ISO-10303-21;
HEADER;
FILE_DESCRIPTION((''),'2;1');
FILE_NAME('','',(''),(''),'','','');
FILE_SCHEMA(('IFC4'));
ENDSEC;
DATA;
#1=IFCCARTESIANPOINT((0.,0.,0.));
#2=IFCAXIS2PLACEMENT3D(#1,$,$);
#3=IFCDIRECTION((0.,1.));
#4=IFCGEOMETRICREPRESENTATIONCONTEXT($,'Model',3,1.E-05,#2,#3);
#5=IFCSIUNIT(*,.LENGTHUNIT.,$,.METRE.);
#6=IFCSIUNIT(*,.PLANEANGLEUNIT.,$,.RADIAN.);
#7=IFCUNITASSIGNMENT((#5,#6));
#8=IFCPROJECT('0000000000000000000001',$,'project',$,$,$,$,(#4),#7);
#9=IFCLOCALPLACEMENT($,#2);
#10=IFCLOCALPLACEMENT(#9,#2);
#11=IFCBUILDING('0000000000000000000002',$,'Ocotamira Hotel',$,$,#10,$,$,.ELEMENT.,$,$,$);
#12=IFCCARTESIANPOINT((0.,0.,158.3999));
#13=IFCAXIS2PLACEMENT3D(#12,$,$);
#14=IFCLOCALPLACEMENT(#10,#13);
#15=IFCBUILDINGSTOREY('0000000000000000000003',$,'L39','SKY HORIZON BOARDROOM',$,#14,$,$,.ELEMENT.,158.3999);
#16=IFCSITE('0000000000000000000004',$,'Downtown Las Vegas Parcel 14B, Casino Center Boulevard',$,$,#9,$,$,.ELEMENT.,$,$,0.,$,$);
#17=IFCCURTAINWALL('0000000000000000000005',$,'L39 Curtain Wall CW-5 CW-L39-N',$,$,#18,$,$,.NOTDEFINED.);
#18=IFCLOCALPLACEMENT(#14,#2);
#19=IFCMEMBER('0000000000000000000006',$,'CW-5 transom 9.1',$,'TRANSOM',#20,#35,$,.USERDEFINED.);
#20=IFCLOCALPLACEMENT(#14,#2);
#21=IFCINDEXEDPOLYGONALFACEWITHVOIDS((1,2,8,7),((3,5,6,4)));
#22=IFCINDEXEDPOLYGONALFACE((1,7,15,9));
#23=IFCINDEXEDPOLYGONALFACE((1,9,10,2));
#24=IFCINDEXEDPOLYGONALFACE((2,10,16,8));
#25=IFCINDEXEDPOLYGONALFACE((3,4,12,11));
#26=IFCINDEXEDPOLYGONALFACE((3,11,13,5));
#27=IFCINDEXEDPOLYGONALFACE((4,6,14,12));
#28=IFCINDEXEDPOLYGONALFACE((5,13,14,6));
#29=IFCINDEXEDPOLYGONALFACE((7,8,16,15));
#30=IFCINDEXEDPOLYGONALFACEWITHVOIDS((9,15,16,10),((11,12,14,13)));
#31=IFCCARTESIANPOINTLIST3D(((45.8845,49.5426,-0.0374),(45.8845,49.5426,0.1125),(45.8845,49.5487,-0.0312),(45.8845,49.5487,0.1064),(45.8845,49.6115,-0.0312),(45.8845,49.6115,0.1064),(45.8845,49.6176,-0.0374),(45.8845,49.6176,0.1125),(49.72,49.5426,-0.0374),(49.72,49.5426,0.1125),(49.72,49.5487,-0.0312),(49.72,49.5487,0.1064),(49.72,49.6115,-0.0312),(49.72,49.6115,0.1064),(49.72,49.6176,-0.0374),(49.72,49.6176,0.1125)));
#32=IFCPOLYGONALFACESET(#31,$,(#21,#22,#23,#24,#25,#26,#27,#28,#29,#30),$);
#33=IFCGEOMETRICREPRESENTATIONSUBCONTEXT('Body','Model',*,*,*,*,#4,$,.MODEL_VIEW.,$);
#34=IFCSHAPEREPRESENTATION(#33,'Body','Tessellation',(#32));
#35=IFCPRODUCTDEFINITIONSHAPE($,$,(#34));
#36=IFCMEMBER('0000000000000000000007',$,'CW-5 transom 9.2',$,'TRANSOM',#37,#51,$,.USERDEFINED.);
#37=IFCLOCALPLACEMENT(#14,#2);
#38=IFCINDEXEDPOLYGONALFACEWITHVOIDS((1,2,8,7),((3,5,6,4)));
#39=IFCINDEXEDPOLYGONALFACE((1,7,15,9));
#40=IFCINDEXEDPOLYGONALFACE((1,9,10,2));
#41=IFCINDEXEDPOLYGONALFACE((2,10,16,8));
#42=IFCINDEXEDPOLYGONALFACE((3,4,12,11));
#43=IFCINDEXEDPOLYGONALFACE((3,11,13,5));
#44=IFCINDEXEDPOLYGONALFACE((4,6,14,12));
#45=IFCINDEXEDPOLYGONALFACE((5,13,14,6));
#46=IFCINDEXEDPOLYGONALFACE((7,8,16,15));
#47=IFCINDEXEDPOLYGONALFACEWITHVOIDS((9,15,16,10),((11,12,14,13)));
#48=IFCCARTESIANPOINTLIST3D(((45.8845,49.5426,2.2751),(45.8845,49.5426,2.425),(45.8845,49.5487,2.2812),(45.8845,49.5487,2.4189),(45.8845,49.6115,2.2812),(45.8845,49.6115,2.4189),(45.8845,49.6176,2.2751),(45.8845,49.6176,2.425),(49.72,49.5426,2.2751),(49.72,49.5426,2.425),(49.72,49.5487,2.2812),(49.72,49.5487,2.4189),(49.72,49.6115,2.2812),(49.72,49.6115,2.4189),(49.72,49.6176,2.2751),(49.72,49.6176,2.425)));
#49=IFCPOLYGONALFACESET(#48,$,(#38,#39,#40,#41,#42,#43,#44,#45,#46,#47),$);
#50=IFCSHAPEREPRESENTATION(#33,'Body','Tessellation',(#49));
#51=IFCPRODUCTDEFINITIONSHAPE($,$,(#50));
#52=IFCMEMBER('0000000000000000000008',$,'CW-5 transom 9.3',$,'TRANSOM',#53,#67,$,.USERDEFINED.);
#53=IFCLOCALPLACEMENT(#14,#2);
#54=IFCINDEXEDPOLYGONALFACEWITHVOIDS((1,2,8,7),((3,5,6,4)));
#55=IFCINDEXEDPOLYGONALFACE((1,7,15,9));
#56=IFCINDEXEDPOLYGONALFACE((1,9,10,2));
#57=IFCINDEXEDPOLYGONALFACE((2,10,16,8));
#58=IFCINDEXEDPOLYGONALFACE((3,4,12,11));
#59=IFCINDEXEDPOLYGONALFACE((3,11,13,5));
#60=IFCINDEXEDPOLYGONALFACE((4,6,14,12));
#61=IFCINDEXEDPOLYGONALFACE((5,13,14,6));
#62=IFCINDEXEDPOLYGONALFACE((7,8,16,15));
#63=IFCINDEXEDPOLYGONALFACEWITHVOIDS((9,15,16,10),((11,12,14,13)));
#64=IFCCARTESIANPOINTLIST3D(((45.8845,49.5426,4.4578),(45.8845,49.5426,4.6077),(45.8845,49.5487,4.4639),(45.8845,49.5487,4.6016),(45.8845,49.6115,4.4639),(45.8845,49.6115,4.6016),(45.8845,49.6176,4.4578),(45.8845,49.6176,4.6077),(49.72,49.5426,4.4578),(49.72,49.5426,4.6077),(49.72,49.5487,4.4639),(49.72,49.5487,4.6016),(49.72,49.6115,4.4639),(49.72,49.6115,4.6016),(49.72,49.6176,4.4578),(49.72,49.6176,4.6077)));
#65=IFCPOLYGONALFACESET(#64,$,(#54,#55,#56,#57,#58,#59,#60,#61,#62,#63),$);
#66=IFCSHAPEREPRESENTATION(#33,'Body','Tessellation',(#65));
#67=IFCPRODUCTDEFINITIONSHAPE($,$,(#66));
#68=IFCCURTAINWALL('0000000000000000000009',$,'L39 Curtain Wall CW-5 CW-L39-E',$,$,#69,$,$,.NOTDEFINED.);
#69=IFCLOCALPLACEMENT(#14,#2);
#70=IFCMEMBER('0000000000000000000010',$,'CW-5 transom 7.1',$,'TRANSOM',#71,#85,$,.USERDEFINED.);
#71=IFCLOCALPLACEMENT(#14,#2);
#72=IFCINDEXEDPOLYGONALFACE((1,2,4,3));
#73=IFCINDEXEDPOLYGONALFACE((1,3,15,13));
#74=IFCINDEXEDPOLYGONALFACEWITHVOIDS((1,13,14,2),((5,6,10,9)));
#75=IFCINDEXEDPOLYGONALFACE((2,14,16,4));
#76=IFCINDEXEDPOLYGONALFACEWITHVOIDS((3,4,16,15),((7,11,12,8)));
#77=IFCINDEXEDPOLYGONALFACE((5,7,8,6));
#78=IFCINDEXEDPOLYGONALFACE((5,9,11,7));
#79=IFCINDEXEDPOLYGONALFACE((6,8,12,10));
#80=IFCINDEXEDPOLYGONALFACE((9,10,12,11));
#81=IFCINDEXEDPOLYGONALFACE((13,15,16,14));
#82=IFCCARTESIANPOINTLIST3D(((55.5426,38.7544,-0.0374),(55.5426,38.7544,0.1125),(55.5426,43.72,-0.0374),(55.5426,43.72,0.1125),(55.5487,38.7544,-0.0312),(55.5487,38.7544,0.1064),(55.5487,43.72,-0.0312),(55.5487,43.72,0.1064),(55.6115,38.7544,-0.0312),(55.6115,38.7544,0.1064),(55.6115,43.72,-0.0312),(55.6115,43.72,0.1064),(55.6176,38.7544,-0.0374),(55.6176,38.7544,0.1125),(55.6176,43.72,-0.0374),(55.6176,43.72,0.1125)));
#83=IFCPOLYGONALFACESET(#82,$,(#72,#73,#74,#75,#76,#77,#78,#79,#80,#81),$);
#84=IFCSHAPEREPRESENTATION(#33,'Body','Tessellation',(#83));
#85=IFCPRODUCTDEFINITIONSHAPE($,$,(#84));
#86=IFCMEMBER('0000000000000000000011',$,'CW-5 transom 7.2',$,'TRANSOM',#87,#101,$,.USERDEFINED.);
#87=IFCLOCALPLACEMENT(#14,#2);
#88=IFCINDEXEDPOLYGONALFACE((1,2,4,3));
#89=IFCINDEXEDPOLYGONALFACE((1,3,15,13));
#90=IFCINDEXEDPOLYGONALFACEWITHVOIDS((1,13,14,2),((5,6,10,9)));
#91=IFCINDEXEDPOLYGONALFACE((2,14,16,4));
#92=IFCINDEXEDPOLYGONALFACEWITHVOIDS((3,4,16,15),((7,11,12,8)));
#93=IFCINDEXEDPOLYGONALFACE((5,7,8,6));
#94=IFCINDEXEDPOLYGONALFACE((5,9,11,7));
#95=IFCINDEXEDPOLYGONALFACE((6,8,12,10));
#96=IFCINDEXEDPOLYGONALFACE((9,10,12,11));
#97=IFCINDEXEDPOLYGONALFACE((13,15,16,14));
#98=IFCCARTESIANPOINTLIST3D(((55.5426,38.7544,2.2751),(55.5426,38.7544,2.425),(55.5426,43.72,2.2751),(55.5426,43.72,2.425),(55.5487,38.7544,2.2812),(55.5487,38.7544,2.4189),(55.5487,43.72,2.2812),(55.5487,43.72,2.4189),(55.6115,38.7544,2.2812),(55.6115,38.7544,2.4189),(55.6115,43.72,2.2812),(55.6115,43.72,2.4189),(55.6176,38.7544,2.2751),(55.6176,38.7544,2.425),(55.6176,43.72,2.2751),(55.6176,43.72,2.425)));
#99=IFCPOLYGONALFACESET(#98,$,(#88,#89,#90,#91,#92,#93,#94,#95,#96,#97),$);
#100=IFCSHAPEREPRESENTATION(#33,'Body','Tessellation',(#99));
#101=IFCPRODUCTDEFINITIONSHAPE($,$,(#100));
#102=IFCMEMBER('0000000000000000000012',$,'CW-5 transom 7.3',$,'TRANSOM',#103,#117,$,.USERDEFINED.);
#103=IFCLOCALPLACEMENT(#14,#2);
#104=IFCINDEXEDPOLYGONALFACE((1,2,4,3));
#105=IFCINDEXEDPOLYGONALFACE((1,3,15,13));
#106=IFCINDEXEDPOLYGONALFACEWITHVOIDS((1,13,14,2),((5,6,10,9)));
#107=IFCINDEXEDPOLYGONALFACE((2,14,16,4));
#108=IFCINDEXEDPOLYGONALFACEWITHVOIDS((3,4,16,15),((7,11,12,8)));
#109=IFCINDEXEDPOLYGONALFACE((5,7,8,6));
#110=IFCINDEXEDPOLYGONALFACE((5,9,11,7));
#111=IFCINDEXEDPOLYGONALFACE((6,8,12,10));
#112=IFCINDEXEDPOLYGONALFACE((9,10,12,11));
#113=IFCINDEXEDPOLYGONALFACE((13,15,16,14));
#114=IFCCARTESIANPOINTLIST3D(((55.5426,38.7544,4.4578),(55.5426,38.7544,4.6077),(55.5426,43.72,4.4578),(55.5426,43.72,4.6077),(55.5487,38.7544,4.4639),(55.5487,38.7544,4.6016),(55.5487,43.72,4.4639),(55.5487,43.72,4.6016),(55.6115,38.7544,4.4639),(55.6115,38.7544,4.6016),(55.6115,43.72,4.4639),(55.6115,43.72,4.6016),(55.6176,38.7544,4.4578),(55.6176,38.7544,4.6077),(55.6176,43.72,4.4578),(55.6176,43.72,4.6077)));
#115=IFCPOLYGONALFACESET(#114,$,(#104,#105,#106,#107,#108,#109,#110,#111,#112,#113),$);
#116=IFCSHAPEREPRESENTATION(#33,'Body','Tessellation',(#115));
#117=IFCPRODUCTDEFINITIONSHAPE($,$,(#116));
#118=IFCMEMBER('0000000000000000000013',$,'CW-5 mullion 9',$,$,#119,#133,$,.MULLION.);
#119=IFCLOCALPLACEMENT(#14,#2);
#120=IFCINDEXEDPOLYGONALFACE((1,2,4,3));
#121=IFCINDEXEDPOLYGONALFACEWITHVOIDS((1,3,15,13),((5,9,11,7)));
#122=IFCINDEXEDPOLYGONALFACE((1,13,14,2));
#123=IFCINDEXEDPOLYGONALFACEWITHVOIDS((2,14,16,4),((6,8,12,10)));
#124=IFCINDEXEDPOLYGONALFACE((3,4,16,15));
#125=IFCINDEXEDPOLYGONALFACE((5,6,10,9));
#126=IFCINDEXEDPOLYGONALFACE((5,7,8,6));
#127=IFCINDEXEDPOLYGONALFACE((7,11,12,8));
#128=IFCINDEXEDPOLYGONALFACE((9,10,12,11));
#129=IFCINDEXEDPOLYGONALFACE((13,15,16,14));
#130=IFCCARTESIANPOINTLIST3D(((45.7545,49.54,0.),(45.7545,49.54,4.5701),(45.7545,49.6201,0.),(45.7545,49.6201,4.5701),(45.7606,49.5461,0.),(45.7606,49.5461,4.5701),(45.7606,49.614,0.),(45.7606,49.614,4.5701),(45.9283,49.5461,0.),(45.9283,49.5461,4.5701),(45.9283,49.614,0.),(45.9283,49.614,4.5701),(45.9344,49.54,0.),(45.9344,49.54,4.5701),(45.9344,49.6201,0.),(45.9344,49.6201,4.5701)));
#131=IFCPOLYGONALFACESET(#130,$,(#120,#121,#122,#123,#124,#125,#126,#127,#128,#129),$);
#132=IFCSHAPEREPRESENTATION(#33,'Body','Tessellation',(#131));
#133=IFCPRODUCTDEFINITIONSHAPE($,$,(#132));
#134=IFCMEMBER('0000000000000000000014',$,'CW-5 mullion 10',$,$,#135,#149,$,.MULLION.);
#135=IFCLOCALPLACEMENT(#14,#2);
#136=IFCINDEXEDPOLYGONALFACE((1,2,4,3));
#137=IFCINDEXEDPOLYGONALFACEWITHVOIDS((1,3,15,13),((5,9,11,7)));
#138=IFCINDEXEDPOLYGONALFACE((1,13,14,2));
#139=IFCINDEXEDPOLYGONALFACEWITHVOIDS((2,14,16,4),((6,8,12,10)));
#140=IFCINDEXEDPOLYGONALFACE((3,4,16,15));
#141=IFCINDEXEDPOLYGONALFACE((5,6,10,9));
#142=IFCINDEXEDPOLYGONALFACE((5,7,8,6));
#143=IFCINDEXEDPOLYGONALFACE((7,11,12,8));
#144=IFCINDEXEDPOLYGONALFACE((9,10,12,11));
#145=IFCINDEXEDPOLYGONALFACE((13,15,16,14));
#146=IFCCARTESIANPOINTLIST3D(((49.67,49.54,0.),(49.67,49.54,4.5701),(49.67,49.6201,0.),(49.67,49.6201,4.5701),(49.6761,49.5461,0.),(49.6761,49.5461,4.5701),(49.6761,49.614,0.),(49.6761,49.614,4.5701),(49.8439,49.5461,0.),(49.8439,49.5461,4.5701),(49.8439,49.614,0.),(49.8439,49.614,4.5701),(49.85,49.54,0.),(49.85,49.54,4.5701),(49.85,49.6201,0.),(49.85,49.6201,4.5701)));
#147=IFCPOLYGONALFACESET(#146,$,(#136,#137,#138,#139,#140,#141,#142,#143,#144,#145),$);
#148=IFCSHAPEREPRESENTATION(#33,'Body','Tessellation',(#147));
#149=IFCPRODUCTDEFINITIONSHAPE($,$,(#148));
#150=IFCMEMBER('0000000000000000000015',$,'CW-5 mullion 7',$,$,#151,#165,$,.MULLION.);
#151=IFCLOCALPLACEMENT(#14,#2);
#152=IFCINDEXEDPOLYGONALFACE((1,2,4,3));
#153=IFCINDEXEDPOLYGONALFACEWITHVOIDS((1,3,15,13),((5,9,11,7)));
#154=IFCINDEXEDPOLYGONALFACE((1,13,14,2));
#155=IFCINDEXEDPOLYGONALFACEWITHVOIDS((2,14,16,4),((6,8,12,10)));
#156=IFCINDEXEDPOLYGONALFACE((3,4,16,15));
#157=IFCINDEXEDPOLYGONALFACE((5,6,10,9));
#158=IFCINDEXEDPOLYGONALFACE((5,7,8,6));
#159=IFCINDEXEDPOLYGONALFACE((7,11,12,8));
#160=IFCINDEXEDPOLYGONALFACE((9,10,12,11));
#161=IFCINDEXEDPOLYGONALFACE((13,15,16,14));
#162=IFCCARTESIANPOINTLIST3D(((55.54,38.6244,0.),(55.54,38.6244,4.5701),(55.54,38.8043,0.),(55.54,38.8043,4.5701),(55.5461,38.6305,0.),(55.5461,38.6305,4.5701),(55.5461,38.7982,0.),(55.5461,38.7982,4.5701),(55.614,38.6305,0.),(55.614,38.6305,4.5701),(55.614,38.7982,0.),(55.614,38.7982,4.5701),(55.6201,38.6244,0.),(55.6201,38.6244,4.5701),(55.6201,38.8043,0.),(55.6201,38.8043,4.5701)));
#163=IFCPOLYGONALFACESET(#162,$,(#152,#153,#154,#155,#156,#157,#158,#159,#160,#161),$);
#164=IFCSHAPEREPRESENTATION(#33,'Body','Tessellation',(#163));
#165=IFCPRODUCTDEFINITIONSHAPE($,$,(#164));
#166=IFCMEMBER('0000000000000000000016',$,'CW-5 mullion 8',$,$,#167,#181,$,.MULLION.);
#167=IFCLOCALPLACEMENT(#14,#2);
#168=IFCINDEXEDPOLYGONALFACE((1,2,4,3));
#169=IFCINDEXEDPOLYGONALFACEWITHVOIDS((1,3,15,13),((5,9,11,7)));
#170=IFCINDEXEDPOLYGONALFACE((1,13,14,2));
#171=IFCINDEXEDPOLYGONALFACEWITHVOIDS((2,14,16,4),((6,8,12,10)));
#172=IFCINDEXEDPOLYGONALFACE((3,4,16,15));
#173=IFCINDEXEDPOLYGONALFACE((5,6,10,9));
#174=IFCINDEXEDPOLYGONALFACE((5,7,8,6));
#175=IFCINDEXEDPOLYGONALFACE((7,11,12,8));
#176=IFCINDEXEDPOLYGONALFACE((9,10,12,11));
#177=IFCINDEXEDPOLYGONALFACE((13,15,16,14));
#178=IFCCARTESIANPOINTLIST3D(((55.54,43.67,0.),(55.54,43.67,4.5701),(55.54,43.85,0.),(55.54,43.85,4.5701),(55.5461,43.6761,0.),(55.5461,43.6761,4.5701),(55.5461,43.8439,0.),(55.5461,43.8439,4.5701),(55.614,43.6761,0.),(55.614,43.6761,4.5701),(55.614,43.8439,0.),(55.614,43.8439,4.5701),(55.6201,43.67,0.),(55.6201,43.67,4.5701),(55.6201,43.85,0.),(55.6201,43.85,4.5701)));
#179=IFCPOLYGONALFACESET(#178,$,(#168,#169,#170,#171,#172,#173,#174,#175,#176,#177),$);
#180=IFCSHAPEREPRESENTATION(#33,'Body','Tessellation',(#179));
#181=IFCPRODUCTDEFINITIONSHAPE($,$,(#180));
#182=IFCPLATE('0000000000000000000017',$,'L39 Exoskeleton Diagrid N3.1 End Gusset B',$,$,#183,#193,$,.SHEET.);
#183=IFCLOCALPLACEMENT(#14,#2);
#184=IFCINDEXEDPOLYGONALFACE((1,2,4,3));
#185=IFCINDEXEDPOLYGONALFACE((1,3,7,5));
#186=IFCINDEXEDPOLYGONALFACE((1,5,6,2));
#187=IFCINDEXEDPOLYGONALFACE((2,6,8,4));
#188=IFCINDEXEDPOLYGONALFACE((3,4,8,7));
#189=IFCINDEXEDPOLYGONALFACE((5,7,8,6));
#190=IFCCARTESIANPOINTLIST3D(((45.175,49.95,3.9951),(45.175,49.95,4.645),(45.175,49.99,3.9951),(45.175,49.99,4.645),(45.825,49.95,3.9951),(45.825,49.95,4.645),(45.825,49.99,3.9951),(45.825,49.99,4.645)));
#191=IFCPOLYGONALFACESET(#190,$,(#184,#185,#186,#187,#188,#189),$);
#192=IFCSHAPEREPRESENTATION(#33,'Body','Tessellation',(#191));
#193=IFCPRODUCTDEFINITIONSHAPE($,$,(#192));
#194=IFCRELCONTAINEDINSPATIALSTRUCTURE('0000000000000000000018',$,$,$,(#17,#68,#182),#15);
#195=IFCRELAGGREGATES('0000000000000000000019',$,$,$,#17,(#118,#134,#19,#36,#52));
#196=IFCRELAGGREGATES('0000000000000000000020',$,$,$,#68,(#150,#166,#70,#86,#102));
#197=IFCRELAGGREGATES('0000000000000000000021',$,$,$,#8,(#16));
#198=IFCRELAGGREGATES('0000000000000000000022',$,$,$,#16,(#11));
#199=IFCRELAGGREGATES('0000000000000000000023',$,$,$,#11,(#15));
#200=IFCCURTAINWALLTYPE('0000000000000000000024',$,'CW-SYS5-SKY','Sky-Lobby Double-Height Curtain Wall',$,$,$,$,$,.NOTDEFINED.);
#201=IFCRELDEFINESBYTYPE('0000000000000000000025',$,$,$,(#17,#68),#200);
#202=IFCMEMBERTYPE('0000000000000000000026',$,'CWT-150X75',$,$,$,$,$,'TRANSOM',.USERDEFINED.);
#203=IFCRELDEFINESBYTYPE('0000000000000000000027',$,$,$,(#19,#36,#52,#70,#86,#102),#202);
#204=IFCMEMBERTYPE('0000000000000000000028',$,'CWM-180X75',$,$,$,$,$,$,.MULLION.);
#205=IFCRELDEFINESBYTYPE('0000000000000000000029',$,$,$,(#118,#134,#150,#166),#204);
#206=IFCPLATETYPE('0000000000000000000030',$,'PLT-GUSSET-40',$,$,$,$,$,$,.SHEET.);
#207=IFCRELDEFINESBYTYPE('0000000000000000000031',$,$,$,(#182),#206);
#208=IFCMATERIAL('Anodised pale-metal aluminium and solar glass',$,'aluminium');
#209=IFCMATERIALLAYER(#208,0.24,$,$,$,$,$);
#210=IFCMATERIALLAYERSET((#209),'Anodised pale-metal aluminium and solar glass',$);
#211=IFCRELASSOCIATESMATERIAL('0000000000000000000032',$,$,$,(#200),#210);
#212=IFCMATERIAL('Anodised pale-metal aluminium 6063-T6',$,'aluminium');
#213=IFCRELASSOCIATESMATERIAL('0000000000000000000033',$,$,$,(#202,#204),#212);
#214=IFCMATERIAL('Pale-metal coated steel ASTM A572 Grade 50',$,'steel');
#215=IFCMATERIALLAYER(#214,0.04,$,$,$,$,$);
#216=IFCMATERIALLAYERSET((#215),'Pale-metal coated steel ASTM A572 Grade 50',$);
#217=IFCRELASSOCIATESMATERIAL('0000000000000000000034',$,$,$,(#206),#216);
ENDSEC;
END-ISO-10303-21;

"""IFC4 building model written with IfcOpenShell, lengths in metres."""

from ifc_helpers import new_model, si_unit, direction, frame, origin, origin_2d, place, context, subcontext, project, spatial, rectangle, hollow_rectangle, extrude, source, transform, mapped, material, layer, layer_set, material_profile, profile_set, type_object, element, aggregate, save


model = new_model("IFC4")

# Units and contexts
model_context = context("Model", 3, precision=1e-05, world=origin(), true_north=direction((0.0, 1.0)))
body_context = subcontext(model_context, "Body", "Model", "MODEL_VIEW")
ifc_project = project(units=[si_unit("LENGTHUNIT", "METRE"), si_unit("PLANEANGLEUNIT", "RADIAN")], contexts=[model_context])

# Site, building, storey
site_placement = place(None, origin())
site = spatial("IfcSite", under=ifc_project, at=site_placement, Name="Downtown Las Vegas Parcel 14B, Casino Center Boulevard", CompositionType="ELEMENT", RefElevation=0.0)
building_placement = place(site_placement, origin())
building = spatial("IfcBuilding", under=site, at=building_placement, Name="Ocotamira Hotel", CompositionType="ELEMENT")
storey_placement = place(building_placement, frame((0.0, 0.0, 158.3999)))
storey = spatial("IfcBuildingStorey", under=building, at=storey_placement, Name="L39", Description="SKY HORIZON BOARDROOM", CompositionType="ELEMENT", Elevation=158.3999)

# Curtain walls, members
ifc_material_1 = material(Name="Anodised pale-metal aluminium and solar glass", Category="aluminium")
ifc_layer_1 = layer(ifc_material_1, 0.24)
ifc_layer_set_1 = layer_set([ifc_layer_1], Name="Anodised pale-metal aluminium and solar glass")
curtain_wall_type = type_object("IfcCurtainWallType", Name="CW-SYS5-SKY", Description="Sky-Lobby Double-Height Curtain Wall", PredefinedType="NOTDEFINED", material=ifc_layer_set_1)
curtain_wall_1_placement = place(storey_placement, origin())
curtain_wall_1 = element("IfcCurtainWall", 1, at=curtain_wall_1_placement, inside=storey, type_object=curtain_wall_type, Name="L39 Curtain Wall CW-5 CW-L39-N", PredefinedType="NOTDEFINED")
ifc_material_2 = material(Name="Anodised pale-metal aluminium 6063-T6", Category="aluminium")
ifc_material_profile_1 = material_profile(ifc_material_2, hollow_rectangle(XDim=0.075, YDim=0.1499, WallThickness=0.0061, at=origin_2d()), Name="HSS150X75X6")
ifc_profile_set_1 = profile_set([ifc_material_profile_1], Name="Anodised pale-metal aluminium 6063-T6")
member_type_1 = type_object("IfcMemberType", Name="CWT-150X75", ElementType="TRANSOM", PredefinedType="USERDEFINED", material=ifc_profile_set_1)
shared_shape_1 = source(origin(), body_context, "Body", "SweptSolid", [
    extrude(hollow_rectangle(XDim=0.075, YDim=0.1499, WallThickness=0.0061, at=origin_2d()), origin(), (0.0, 0.0, 1.0), 3.8354),
])
member_1_placement = place(storey_placement, frame((45.8845, 49.5801, 0.0376), z_axis=(1.0, 0.0, 0.0), x_axis=(0.0, 1.0, 0.0)))
member_1 = element("IfcMember", 2, at=member_1_placement, type_object=member_type_1, Name="CW-5 transom 9.1", ObjectType="TRANSOM", PredefinedType="USERDEFINED", context=body_context, shape_type="MappedRepresentation", body=[
    mapped(shared_shape_1, transform((0.0, 0.0, 0.0), scale=1.0)),
])
member_2_placement = place(storey_placement, frame((45.8845, 49.5801, 2.3501), z_axis=(1.0, 0.0, 0.0), x_axis=(0.0, 1.0, 0.0)))
member_2 = element("IfcMember", 3, at=member_2_placement, type_object=member_type_1, Name="CW-5 transom 9.2", ObjectType="TRANSOM", PredefinedType="USERDEFINED", context=body_context, shape_type="MappedRepresentation", body=[
    mapped(shared_shape_1, transform((0.0, 0.0, 0.0), scale=1.0)),
])
member_3_placement = place(storey_placement, frame((45.8845, 49.5801, 4.5327), z_axis=(1.0, 0.0, 0.0), x_axis=(0.0, 1.0, 0.0)))
member_3 = element("IfcMember", 4, at=member_3_placement, type_object=member_type_1, Name="CW-5 transom 9.3", ObjectType="TRANSOM", PredefinedType="USERDEFINED", context=body_context, shape_type="MappedRepresentation", body=[
    mapped(shared_shape_1, transform((0.0, 0.0, 0.0), scale=1.0)),
])
curtain_wall_2_placement = place(storey_placement, origin())
curtain_wall_2 = element("IfcCurtainWall", 5, at=curtain_wall_2_placement, inside=storey, type_object=curtain_wall_type, Name="L39 Curtain Wall CW-5 CW-L39-E", PredefinedType="NOTDEFINED")
shared_shape_2 = source(origin(), body_context, "Body", "SweptSolid", [
    extrude(hollow_rectangle(XDim=0.075, YDim=0.1499, WallThickness=0.0061, at=origin_2d()), origin(), (0.0, 0.0, 1.0), 4.9656),
])
member_4_placement = place(storey_placement, frame((55.5801, 38.7544, 0.0376), z_axis=(0.0, 1.0, 0.0), x_axis=(-1.0, 0.0, 0.0)))
member_4 = element("IfcMember", 6, at=member_4_placement, type_object=member_type_1, Name="CW-5 transom 7.1", ObjectType="TRANSOM", PredefinedType="USERDEFINED", context=body_context, shape_type="MappedRepresentation", body=[
    mapped(shared_shape_2, transform((0.0, 0.0, 0.0), scale=1.0)),
])
member_5_placement = place(storey_placement, frame((55.5801, 38.7544, 2.3501), z_axis=(0.0, 1.0, 0.0), x_axis=(-1.0, 0.0, 0.0)))
member_5 = element("IfcMember", 7, at=member_5_placement, type_object=member_type_1, Name="CW-5 transom 7.2", ObjectType="TRANSOM", PredefinedType="USERDEFINED", context=body_context, shape_type="MappedRepresentation", body=[
    mapped(shared_shape_2, transform((0.0, 0.0, 0.0), scale=1.0)),
])
member_6_placement = place(storey_placement, frame((55.5801, 38.7544, 4.5327), z_axis=(0.0, 1.0, 0.0), x_axis=(-1.0, 0.0, 0.0)))
member_6 = element("IfcMember", 8, at=member_6_placement, type_object=member_type_1, Name="CW-5 transom 7.3", ObjectType="TRANSOM", PredefinedType="USERDEFINED", context=body_context, shape_type="MappedRepresentation", body=[
    mapped(shared_shape_2, transform((0.0, 0.0, 0.0), scale=1.0)),
])

# Members
ifc_material_profile_2 = material_profile(ifc_material_2, hollow_rectangle(XDim=0.0801, YDim=0.1799, WallThickness=0.0061, at=origin_2d()), Name="HSS180X80X6")
ifc_profile_set_2 = profile_set([ifc_material_profile_2], Name="Anodised pale-metal aluminium 6063-T6")
member_type_2 = type_object("IfcMemberType", Name="CWM-180X75", PredefinedType="MULLION", material=ifc_profile_set_2)
shared_shape_3 = source(origin(), body_context, "Body", "SweptSolid", [
    extrude(hollow_rectangle(XDim=0.0801, YDim=0.1799, WallThickness=0.0061, at=origin_2d()), origin(), (0.0, 0.0, 1.0), 4.5701),
])
member_7_placement = place(storey_placement, frame((45.8445, 49.5801, 0.0), z_axis=(0.0, 0.0, 1.0), x_axis=(0.0, 1.0, 0.0)))
member_7 = element("IfcMember", 9, at=member_7_placement, type_object=member_type_2, Name="CW-5 mullion 9", PredefinedType="MULLION", context=body_context, shape_type="MappedRepresentation", body=[
    mapped(shared_shape_3, transform((0.0, 0.0, 0.0), scale=1.0)),
])
member_8_placement = place(storey_placement, frame((49.76, 49.5801, 0.0), z_axis=(0.0, 0.0, 1.0), x_axis=(0.0, 1.0, 0.0)))
member_8 = element("IfcMember", 10, at=member_8_placement, type_object=member_type_2, Name="CW-5 mullion 10", PredefinedType="MULLION", context=body_context, shape_type="MappedRepresentation", body=[
    mapped(shared_shape_3, transform((0.0, 0.0, 0.0), scale=1.0)),
])
member_9_placement = place(storey_placement, frame((55.5801, 38.7144, 0.0), z_axis=(0.0, 0.0, 1.0), x_axis=(-1.0, 0.0, 0.0)))
member_9 = element("IfcMember", 11, at=member_9_placement, type_object=member_type_2, Name="CW-5 mullion 7", PredefinedType="MULLION", context=body_context, shape_type="MappedRepresentation", body=[
    mapped(shared_shape_3, transform((0.0, 0.0, 0.0), scale=1.0)),
])
member_10_placement = place(storey_placement, frame((55.5801, 43.76, 0.0), z_axis=(0.0, 0.0, 1.0), x_axis=(-1.0, 0.0, 0.0)))
member_10 = element("IfcMember", 12, at=member_10_placement, type_object=member_type_2, Name="CW-5 mullion 8", PredefinedType="MULLION", context=body_context, shape_type="MappedRepresentation", body=[
    mapped(shared_shape_3, transform((0.0, 0.0, 0.0), scale=1.0)),
])

# Plate
ifc_material_3 = material(Name="Pale-metal coated steel ASTM A572 Grade 50", Category="steel")
ifc_layer_2 = layer(ifc_material_3, 0.04)
ifc_layer_set_2 = layer_set([ifc_layer_2], Name="Pale-metal coated steel ASTM A572 Grade 50")
plate_type_1 = type_object("IfcPlateType", Name="PLT-GUSSET-40", PredefinedType="SHEET", material=ifc_layer_set_2)
shared_shape_4 = source(origin(), body_context, "Body", "SweptSolid", [
    extrude(rectangle(XDim=0.6499, YDim=0.04, at=origin_2d()), origin(), (0.0, 0.0, 1.0), 0.6499),
])
for number, where, z_axis, x_axis, name in (
    (13, (45.5, 49.97, 3.9951), (0.0, 0.0, 1.0), (1.0, 0.0, 0.0), "L39 Exoskeleton Diagrid N3.1 End Gusset B"),
):
    element("IfcPlate", number, at=place(storey_placement, frame(where, z_axis=z_axis, x_axis=x_axis)), inside=storey, type_object=plate_type_1, Name=name, PredefinedType="SHEET", context=body_context, shape_type="MappedRepresentation", body=[
        mapped(shared_shape_4, transform((0.0, 0.0, 0.0), scale=1.0)),
    ])

aggregate(curtain_wall_1, [member_7, member_8, member_1, member_2, member_3])
aggregate(curtain_wall_2, [member_9, member_10, member_4, member_5, member_6])

save(model, "model.ifc")
